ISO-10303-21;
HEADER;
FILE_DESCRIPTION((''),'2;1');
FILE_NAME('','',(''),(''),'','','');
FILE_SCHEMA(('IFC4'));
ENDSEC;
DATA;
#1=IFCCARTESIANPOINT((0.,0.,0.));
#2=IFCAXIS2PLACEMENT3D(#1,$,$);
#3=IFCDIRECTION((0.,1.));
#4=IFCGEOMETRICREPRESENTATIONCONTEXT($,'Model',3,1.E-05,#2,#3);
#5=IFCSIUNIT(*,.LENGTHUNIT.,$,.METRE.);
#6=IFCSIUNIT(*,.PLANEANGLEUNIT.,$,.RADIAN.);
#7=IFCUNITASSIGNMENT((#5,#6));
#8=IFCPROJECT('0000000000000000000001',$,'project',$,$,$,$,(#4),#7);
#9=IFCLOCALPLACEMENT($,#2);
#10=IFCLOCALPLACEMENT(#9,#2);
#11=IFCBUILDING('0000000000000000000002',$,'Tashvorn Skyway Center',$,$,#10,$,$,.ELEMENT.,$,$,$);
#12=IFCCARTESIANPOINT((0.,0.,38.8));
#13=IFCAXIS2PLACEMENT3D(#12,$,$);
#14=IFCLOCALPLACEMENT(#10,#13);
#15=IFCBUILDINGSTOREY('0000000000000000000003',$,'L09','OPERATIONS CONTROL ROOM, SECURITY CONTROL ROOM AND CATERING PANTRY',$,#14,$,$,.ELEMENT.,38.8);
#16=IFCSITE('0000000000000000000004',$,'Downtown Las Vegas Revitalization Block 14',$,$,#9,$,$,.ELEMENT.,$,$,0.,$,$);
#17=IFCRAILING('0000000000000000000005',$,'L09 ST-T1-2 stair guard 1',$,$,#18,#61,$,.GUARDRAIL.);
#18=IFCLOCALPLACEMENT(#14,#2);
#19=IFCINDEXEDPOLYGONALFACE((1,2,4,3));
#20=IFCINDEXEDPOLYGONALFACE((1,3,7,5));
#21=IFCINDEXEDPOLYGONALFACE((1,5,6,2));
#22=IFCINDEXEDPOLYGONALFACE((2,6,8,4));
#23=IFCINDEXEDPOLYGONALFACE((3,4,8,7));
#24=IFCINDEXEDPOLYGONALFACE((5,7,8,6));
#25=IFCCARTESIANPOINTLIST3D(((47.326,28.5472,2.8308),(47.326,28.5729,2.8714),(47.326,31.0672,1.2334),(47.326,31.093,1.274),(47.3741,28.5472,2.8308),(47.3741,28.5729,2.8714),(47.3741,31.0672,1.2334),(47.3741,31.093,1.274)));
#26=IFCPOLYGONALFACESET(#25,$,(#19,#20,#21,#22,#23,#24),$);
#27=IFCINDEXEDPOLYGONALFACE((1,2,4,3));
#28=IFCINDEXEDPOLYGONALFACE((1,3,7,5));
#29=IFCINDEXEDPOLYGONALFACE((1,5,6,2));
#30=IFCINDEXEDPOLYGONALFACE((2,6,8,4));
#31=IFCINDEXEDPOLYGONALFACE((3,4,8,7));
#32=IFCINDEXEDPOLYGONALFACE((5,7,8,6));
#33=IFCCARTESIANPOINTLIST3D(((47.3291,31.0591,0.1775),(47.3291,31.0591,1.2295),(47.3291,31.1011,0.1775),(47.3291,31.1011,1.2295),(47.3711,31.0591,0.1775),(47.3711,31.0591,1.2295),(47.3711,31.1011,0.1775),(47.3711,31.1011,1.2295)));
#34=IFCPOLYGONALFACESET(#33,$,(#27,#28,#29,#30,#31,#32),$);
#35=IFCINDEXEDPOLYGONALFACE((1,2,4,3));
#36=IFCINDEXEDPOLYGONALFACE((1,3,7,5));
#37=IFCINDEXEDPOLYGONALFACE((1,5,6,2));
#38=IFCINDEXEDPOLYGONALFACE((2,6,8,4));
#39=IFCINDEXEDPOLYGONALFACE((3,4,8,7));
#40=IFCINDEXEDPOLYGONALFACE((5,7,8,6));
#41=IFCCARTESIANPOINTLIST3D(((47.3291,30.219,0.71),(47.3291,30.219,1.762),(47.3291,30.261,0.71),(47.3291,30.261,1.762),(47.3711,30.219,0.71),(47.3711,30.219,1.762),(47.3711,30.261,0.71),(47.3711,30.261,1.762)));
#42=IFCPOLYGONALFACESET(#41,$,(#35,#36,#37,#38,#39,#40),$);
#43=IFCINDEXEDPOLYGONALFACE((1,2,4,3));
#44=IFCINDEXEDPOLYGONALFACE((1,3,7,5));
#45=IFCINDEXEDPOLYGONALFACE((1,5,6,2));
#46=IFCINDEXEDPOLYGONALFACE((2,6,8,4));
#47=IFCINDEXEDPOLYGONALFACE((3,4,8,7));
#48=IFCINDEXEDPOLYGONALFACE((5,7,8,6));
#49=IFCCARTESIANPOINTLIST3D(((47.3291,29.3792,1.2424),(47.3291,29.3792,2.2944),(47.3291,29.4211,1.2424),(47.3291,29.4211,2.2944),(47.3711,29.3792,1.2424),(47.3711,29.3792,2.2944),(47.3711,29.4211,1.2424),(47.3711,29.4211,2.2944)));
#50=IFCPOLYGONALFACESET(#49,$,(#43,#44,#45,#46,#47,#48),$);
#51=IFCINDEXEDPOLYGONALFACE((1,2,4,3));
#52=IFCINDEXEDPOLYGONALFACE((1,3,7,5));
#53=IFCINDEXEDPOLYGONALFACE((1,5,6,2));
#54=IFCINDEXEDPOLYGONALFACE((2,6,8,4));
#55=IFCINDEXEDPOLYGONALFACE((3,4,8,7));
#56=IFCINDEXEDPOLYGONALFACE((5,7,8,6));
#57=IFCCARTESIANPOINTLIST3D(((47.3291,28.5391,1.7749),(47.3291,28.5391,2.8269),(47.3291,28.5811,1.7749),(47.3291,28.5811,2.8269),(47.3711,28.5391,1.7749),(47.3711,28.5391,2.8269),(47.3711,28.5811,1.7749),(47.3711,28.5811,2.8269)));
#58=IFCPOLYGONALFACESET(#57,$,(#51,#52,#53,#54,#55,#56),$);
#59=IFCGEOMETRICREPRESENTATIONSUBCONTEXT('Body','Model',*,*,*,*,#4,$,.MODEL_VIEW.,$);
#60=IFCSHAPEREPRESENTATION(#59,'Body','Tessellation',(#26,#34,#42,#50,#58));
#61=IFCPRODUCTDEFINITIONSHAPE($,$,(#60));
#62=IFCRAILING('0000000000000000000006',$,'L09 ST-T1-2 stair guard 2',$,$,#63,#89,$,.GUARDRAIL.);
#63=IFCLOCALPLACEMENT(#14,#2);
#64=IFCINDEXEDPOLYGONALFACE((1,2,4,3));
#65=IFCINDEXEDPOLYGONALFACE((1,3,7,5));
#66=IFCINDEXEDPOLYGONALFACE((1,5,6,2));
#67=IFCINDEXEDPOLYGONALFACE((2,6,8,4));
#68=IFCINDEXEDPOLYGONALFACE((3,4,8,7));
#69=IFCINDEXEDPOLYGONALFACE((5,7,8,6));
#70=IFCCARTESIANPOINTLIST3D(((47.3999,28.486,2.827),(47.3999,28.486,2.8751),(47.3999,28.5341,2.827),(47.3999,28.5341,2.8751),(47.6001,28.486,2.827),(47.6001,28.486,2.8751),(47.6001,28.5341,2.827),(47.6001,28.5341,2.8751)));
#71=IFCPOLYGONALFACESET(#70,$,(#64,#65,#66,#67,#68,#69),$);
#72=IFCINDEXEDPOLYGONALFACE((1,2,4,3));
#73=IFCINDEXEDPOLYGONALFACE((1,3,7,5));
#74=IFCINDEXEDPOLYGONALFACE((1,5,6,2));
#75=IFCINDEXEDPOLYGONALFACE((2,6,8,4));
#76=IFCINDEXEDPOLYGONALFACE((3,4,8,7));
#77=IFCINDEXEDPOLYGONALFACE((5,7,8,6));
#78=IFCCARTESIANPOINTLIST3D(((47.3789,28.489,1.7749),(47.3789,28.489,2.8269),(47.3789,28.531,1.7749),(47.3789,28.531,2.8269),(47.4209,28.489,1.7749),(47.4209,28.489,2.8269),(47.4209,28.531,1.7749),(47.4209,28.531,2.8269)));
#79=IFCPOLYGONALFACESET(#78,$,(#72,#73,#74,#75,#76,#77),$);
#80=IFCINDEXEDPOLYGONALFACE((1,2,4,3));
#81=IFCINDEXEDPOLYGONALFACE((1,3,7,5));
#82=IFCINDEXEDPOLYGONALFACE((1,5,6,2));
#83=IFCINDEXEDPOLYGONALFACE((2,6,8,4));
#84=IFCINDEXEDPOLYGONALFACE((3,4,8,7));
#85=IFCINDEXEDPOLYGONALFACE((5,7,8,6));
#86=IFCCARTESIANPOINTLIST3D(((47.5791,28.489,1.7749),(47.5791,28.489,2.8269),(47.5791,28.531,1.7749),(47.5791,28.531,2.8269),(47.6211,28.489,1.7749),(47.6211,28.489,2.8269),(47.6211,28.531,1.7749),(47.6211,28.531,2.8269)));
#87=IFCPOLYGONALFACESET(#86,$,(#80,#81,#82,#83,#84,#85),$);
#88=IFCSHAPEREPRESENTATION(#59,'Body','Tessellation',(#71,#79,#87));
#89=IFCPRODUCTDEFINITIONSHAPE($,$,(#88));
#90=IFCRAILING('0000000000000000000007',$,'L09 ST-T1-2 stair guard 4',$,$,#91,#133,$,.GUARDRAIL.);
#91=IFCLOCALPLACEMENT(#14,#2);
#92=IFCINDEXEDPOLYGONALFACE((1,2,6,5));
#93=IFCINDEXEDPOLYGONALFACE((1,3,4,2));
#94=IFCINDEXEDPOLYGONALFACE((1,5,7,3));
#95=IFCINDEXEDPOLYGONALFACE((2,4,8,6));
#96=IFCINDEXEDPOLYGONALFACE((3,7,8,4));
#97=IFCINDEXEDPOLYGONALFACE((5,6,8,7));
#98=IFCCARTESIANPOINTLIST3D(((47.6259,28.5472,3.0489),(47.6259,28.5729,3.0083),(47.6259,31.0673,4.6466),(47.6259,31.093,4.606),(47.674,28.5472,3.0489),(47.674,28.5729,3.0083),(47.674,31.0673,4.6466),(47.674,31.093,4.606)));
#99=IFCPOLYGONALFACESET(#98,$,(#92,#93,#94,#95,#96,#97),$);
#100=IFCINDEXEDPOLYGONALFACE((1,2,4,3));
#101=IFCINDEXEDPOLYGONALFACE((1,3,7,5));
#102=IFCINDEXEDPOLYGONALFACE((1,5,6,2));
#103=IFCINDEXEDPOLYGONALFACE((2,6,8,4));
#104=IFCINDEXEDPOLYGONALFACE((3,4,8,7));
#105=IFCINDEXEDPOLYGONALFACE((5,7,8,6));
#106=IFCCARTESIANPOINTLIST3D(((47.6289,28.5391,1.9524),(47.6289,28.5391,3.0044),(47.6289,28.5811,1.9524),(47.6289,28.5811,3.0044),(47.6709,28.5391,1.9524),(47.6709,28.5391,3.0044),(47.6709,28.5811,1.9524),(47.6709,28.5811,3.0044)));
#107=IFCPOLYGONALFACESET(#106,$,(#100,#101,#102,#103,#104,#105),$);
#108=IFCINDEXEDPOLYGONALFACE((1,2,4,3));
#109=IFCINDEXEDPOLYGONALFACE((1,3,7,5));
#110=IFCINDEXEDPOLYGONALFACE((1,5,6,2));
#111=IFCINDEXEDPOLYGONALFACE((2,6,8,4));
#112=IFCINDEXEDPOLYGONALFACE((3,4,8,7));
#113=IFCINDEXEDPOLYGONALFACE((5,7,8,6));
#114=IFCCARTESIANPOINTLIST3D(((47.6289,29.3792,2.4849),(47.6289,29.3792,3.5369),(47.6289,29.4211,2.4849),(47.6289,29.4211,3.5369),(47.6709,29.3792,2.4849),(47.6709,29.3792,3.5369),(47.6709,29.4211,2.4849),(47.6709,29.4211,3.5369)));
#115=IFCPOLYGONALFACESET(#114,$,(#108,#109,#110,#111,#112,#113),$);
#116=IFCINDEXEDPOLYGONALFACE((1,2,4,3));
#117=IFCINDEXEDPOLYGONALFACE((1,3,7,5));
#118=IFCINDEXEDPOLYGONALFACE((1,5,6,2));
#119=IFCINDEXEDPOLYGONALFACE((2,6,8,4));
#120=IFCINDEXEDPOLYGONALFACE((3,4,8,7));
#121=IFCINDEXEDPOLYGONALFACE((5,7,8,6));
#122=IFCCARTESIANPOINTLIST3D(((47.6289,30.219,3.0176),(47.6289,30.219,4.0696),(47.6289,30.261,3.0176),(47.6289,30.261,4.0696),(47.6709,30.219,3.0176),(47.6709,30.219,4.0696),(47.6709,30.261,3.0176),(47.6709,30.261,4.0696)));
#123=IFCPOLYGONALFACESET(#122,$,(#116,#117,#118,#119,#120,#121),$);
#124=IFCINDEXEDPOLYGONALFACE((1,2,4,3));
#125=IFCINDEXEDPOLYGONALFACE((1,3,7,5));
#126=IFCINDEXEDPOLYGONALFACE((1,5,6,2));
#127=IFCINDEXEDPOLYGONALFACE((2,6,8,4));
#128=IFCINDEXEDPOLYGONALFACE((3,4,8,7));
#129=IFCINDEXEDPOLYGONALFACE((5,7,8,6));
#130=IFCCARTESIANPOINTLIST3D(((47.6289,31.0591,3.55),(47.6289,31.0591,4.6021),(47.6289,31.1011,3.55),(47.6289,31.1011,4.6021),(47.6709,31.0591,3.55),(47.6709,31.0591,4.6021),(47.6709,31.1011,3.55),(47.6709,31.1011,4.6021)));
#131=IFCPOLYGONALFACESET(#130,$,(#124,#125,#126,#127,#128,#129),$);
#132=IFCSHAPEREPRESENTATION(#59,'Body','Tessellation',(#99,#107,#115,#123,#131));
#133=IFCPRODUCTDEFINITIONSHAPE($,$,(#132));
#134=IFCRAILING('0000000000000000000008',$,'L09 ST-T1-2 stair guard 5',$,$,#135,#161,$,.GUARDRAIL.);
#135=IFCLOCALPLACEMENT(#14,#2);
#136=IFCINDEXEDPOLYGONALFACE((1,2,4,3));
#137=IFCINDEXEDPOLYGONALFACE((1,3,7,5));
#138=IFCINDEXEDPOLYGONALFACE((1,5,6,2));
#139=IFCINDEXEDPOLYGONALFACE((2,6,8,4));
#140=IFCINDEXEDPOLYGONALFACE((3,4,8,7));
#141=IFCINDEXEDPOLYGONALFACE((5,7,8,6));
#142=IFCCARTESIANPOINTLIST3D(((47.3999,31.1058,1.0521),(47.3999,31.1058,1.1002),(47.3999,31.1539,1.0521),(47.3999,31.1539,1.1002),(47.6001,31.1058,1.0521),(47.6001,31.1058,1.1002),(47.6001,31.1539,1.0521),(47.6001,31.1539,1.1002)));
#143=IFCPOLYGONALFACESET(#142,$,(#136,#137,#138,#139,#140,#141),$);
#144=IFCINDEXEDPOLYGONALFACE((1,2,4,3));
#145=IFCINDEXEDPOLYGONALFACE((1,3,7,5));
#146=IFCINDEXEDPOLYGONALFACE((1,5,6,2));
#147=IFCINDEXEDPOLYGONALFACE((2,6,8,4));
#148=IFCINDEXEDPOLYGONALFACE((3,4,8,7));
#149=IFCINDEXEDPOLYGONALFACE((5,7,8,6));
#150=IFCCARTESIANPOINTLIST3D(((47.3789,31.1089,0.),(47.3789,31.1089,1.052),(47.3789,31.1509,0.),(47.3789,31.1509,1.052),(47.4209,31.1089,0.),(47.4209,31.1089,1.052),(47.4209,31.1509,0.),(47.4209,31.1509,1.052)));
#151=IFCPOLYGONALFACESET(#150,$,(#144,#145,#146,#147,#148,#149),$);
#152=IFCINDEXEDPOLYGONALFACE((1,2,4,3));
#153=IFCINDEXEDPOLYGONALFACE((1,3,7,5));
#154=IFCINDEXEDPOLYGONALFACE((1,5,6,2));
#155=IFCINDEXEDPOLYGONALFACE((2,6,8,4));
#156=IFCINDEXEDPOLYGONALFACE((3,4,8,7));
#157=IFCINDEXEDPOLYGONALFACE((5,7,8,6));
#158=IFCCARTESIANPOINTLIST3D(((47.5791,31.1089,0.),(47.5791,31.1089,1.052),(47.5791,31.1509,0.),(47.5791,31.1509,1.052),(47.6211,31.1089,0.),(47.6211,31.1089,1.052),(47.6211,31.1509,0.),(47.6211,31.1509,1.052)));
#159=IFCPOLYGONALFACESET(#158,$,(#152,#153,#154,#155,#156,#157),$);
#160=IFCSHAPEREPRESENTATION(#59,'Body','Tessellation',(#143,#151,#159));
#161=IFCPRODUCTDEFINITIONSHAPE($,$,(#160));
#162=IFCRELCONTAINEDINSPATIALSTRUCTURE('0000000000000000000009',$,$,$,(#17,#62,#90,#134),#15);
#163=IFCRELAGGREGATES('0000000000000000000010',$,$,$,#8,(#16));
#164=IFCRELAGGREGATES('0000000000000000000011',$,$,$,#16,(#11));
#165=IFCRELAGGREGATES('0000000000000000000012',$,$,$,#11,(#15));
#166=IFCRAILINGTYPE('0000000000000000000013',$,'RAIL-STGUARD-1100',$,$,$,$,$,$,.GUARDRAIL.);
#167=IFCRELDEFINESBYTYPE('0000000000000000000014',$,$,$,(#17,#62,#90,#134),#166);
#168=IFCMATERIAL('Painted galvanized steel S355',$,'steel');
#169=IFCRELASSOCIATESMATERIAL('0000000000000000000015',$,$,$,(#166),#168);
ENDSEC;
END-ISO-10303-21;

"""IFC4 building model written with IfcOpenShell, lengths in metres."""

from ifc_helpers import new_model, si_unit, direction, frame, origin, origin_2d, place, context, subcontext, project, spatial, rectangle, extrude, material, type_object, element, save


model = new_model("IFC4")

# Units and contexts
model_context = context("Model", 3, precision=1e-05, world=origin(), true_north=direction((0.0, 1.0)))
body_context = subcontext(model_context, "Body", "Model", "MODEL_VIEW")
ifc_project = project(units=[si_unit("LENGTHUNIT", "METRE"), si_unit("PLANEANGLEUNIT", "RADIAN")], contexts=[model_context])

# Site, building, storey
site_placement = place(None, origin())
site = spatial("IfcSite", under=ifc_project, at=site_placement, Name="Downtown Las Vegas Revitalization Block 14", CompositionType="ELEMENT", RefElevation=0.0)
building_placement = place(site_placement, origin())
building = spatial("IfcBuilding", under=site, at=building_placement, Name="Tashvorn Skyway Center", CompositionType="ELEMENT")
storey_placement = place(building_placement, frame((0.0, 0.0, 38.8)))
storey = spatial("IfcBuildingStorey", under=building, at=storey_placement, Name="L09", Description="OPERATIONS CONTROL ROOM, SECURITY CONTROL ROOM AND CATERING PANTRY", CompositionType="ELEMENT", Elevation=38.8)

# Railings
ifc_material_1 = material(Name="Painted galvanized steel S355", Category="steel")
railing_type_1 = type_object("IfcRailingType", Name="RAIL-STGUARD-1100", PredefinedType="GUARDRAIL", material=ifc_material_1)
railing_1_placement = place(storey_placement, frame((47.3501, 31.0801, 0.1775)))
element("IfcRailing", 1, at=railing_1_placement, inside=storey, type_object=railing_type_1, Name="L09 ST-T1-2 stair guard 1", PredefinedType="GUARDRAIL", context=body_context, shape_type="SweptSolid", body=[
    extrude(rectangle(XDim=0.0481, YDim=0.0481, at=origin_2d()), frame((0.0, 0.0, 1.0762), z_axis=(0.0, -0.844607, 0.535387), x_axis=(1.0, 0.0, 0.0)), (0.0, 0.0, 1.0), 2.9836),
    extrude(rectangle(XDim=0.042, YDim=0.042, at=origin_2d()), origin(), (0.0, 0.0, 1.0), 1.052),
    extrude(rectangle(XDim=0.042, YDim=0.042, at=origin_2d()), frame((0.0, -0.8401, 0.5325)), (0.0, 0.0, 1.0), 1.052),
    extrude(rectangle(XDim=0.042, YDim=0.042, at=origin_2d()), frame((0.0, -1.6799, 1.0649)), (0.0, 0.0, 1.0), 1.052),
    extrude(rectangle(XDim=0.042, YDim=0.042, at=origin_2d()), frame((0.0, -2.52, 1.5974)), (0.0, 0.0, 1.0), 1.052),
])
railing_2_placement = place(storey_placement, frame((47.3999, 28.51, 1.7749)))
element("IfcRailing", 2, at=railing_2_placement, inside=storey, type_object=railing_type_1, Name="L09 ST-T1-2 stair guard 2", PredefinedType="GUARDRAIL", context=body_context, shape_type="SweptSolid", body=[
    extrude(rectangle(XDim=0.0481, YDim=0.0481, at=origin_2d()), frame((0.0, 0.0, 1.0762), z_axis=(1.0, 0.0, 0.0), x_axis=(0.0, 1.0, 0.0)), (0.0, 0.0, 1.0), 0.2002),
    extrude(rectangle(XDim=0.042, YDim=0.042, at=origin_2d()), origin(), (0.0, 0.0, 1.0), 1.052),
    extrude(rectangle(XDim=0.042, YDim=0.042, at=origin_2d()), frame((0.2002, 0.0, 0.0)), (0.0, 0.0, 1.0), 1.052),
])
railing_3_placement = place(storey_placement, frame((47.6499, 28.5601, 1.9524)))
element("IfcRailing", 3, at=railing_3_placement, inside=storey, type_object=railing_type_1, Name="L09 ST-T1-2 stair guard 4", PredefinedType="GUARDRAIL", context=body_context, shape_type="SweptSolid", body=[
    extrude(rectangle(XDim=0.0481, YDim=0.0481, at=origin_2d()), frame((0.0, 0.0, 1.0762), z_axis=(0.0, 0.84457, 0.535445), x_axis=(-1.0, 0.0, 0.0)), (0.0, 0.0, 1.0), 2.9839),
    extrude(rectangle(XDim=0.042, YDim=0.042, at=origin_2d()), origin(), (0.0, 0.0, 1.0), 1.052),
    extrude(rectangle(XDim=0.042, YDim=0.042, at=origin_2d()), frame((0.0, 0.8401, 0.5325)), (0.0, 0.0, 1.0), 1.052),
    extrude(rectangle(XDim=0.042, YDim=0.042, at=origin_2d()), frame((0.0, 1.6799, 1.0652)), (0.0, 0.0, 1.0), 1.052),
    extrude(rectangle(XDim=0.042, YDim=0.042, at=origin_2d()), frame((0.0, 2.52, 1.5977)), (0.0, 0.0, 1.0), 1.052),
])
railing_4_placement = place(storey_placement, frame((47.3999, 31.1299, 0.0)))
element("IfcRailing", 4, at=railing_4_placement, inside=storey, type_object=railing_type_1, Name="L09 ST-T1-2 stair guard 5", PredefinedType="GUARDRAIL", context=body_context, shape_type="SweptSolid", body=[
    extrude(rectangle(XDim=0.0481, YDim=0.0481, at=origin_2d()), frame((0.0, 0.0, 1.0762), z_axis=(1.0, 0.0, 0.0), x_axis=(0.0, 1.0, 0.0)), (0.0, 0.0, 1.0), 0.2002),
    extrude(rectangle(XDim=0.042, YDim=0.042, at=origin_2d()), origin(), (0.0, 0.0, 1.0), 1.052),
    extrude(rectangle(XDim=0.042, YDim=0.042, at=origin_2d()), frame((0.2002, 0.0, 0.0)), (0.0, 0.0, 1.0), 1.052),
])

save(model, "model.ifc")
